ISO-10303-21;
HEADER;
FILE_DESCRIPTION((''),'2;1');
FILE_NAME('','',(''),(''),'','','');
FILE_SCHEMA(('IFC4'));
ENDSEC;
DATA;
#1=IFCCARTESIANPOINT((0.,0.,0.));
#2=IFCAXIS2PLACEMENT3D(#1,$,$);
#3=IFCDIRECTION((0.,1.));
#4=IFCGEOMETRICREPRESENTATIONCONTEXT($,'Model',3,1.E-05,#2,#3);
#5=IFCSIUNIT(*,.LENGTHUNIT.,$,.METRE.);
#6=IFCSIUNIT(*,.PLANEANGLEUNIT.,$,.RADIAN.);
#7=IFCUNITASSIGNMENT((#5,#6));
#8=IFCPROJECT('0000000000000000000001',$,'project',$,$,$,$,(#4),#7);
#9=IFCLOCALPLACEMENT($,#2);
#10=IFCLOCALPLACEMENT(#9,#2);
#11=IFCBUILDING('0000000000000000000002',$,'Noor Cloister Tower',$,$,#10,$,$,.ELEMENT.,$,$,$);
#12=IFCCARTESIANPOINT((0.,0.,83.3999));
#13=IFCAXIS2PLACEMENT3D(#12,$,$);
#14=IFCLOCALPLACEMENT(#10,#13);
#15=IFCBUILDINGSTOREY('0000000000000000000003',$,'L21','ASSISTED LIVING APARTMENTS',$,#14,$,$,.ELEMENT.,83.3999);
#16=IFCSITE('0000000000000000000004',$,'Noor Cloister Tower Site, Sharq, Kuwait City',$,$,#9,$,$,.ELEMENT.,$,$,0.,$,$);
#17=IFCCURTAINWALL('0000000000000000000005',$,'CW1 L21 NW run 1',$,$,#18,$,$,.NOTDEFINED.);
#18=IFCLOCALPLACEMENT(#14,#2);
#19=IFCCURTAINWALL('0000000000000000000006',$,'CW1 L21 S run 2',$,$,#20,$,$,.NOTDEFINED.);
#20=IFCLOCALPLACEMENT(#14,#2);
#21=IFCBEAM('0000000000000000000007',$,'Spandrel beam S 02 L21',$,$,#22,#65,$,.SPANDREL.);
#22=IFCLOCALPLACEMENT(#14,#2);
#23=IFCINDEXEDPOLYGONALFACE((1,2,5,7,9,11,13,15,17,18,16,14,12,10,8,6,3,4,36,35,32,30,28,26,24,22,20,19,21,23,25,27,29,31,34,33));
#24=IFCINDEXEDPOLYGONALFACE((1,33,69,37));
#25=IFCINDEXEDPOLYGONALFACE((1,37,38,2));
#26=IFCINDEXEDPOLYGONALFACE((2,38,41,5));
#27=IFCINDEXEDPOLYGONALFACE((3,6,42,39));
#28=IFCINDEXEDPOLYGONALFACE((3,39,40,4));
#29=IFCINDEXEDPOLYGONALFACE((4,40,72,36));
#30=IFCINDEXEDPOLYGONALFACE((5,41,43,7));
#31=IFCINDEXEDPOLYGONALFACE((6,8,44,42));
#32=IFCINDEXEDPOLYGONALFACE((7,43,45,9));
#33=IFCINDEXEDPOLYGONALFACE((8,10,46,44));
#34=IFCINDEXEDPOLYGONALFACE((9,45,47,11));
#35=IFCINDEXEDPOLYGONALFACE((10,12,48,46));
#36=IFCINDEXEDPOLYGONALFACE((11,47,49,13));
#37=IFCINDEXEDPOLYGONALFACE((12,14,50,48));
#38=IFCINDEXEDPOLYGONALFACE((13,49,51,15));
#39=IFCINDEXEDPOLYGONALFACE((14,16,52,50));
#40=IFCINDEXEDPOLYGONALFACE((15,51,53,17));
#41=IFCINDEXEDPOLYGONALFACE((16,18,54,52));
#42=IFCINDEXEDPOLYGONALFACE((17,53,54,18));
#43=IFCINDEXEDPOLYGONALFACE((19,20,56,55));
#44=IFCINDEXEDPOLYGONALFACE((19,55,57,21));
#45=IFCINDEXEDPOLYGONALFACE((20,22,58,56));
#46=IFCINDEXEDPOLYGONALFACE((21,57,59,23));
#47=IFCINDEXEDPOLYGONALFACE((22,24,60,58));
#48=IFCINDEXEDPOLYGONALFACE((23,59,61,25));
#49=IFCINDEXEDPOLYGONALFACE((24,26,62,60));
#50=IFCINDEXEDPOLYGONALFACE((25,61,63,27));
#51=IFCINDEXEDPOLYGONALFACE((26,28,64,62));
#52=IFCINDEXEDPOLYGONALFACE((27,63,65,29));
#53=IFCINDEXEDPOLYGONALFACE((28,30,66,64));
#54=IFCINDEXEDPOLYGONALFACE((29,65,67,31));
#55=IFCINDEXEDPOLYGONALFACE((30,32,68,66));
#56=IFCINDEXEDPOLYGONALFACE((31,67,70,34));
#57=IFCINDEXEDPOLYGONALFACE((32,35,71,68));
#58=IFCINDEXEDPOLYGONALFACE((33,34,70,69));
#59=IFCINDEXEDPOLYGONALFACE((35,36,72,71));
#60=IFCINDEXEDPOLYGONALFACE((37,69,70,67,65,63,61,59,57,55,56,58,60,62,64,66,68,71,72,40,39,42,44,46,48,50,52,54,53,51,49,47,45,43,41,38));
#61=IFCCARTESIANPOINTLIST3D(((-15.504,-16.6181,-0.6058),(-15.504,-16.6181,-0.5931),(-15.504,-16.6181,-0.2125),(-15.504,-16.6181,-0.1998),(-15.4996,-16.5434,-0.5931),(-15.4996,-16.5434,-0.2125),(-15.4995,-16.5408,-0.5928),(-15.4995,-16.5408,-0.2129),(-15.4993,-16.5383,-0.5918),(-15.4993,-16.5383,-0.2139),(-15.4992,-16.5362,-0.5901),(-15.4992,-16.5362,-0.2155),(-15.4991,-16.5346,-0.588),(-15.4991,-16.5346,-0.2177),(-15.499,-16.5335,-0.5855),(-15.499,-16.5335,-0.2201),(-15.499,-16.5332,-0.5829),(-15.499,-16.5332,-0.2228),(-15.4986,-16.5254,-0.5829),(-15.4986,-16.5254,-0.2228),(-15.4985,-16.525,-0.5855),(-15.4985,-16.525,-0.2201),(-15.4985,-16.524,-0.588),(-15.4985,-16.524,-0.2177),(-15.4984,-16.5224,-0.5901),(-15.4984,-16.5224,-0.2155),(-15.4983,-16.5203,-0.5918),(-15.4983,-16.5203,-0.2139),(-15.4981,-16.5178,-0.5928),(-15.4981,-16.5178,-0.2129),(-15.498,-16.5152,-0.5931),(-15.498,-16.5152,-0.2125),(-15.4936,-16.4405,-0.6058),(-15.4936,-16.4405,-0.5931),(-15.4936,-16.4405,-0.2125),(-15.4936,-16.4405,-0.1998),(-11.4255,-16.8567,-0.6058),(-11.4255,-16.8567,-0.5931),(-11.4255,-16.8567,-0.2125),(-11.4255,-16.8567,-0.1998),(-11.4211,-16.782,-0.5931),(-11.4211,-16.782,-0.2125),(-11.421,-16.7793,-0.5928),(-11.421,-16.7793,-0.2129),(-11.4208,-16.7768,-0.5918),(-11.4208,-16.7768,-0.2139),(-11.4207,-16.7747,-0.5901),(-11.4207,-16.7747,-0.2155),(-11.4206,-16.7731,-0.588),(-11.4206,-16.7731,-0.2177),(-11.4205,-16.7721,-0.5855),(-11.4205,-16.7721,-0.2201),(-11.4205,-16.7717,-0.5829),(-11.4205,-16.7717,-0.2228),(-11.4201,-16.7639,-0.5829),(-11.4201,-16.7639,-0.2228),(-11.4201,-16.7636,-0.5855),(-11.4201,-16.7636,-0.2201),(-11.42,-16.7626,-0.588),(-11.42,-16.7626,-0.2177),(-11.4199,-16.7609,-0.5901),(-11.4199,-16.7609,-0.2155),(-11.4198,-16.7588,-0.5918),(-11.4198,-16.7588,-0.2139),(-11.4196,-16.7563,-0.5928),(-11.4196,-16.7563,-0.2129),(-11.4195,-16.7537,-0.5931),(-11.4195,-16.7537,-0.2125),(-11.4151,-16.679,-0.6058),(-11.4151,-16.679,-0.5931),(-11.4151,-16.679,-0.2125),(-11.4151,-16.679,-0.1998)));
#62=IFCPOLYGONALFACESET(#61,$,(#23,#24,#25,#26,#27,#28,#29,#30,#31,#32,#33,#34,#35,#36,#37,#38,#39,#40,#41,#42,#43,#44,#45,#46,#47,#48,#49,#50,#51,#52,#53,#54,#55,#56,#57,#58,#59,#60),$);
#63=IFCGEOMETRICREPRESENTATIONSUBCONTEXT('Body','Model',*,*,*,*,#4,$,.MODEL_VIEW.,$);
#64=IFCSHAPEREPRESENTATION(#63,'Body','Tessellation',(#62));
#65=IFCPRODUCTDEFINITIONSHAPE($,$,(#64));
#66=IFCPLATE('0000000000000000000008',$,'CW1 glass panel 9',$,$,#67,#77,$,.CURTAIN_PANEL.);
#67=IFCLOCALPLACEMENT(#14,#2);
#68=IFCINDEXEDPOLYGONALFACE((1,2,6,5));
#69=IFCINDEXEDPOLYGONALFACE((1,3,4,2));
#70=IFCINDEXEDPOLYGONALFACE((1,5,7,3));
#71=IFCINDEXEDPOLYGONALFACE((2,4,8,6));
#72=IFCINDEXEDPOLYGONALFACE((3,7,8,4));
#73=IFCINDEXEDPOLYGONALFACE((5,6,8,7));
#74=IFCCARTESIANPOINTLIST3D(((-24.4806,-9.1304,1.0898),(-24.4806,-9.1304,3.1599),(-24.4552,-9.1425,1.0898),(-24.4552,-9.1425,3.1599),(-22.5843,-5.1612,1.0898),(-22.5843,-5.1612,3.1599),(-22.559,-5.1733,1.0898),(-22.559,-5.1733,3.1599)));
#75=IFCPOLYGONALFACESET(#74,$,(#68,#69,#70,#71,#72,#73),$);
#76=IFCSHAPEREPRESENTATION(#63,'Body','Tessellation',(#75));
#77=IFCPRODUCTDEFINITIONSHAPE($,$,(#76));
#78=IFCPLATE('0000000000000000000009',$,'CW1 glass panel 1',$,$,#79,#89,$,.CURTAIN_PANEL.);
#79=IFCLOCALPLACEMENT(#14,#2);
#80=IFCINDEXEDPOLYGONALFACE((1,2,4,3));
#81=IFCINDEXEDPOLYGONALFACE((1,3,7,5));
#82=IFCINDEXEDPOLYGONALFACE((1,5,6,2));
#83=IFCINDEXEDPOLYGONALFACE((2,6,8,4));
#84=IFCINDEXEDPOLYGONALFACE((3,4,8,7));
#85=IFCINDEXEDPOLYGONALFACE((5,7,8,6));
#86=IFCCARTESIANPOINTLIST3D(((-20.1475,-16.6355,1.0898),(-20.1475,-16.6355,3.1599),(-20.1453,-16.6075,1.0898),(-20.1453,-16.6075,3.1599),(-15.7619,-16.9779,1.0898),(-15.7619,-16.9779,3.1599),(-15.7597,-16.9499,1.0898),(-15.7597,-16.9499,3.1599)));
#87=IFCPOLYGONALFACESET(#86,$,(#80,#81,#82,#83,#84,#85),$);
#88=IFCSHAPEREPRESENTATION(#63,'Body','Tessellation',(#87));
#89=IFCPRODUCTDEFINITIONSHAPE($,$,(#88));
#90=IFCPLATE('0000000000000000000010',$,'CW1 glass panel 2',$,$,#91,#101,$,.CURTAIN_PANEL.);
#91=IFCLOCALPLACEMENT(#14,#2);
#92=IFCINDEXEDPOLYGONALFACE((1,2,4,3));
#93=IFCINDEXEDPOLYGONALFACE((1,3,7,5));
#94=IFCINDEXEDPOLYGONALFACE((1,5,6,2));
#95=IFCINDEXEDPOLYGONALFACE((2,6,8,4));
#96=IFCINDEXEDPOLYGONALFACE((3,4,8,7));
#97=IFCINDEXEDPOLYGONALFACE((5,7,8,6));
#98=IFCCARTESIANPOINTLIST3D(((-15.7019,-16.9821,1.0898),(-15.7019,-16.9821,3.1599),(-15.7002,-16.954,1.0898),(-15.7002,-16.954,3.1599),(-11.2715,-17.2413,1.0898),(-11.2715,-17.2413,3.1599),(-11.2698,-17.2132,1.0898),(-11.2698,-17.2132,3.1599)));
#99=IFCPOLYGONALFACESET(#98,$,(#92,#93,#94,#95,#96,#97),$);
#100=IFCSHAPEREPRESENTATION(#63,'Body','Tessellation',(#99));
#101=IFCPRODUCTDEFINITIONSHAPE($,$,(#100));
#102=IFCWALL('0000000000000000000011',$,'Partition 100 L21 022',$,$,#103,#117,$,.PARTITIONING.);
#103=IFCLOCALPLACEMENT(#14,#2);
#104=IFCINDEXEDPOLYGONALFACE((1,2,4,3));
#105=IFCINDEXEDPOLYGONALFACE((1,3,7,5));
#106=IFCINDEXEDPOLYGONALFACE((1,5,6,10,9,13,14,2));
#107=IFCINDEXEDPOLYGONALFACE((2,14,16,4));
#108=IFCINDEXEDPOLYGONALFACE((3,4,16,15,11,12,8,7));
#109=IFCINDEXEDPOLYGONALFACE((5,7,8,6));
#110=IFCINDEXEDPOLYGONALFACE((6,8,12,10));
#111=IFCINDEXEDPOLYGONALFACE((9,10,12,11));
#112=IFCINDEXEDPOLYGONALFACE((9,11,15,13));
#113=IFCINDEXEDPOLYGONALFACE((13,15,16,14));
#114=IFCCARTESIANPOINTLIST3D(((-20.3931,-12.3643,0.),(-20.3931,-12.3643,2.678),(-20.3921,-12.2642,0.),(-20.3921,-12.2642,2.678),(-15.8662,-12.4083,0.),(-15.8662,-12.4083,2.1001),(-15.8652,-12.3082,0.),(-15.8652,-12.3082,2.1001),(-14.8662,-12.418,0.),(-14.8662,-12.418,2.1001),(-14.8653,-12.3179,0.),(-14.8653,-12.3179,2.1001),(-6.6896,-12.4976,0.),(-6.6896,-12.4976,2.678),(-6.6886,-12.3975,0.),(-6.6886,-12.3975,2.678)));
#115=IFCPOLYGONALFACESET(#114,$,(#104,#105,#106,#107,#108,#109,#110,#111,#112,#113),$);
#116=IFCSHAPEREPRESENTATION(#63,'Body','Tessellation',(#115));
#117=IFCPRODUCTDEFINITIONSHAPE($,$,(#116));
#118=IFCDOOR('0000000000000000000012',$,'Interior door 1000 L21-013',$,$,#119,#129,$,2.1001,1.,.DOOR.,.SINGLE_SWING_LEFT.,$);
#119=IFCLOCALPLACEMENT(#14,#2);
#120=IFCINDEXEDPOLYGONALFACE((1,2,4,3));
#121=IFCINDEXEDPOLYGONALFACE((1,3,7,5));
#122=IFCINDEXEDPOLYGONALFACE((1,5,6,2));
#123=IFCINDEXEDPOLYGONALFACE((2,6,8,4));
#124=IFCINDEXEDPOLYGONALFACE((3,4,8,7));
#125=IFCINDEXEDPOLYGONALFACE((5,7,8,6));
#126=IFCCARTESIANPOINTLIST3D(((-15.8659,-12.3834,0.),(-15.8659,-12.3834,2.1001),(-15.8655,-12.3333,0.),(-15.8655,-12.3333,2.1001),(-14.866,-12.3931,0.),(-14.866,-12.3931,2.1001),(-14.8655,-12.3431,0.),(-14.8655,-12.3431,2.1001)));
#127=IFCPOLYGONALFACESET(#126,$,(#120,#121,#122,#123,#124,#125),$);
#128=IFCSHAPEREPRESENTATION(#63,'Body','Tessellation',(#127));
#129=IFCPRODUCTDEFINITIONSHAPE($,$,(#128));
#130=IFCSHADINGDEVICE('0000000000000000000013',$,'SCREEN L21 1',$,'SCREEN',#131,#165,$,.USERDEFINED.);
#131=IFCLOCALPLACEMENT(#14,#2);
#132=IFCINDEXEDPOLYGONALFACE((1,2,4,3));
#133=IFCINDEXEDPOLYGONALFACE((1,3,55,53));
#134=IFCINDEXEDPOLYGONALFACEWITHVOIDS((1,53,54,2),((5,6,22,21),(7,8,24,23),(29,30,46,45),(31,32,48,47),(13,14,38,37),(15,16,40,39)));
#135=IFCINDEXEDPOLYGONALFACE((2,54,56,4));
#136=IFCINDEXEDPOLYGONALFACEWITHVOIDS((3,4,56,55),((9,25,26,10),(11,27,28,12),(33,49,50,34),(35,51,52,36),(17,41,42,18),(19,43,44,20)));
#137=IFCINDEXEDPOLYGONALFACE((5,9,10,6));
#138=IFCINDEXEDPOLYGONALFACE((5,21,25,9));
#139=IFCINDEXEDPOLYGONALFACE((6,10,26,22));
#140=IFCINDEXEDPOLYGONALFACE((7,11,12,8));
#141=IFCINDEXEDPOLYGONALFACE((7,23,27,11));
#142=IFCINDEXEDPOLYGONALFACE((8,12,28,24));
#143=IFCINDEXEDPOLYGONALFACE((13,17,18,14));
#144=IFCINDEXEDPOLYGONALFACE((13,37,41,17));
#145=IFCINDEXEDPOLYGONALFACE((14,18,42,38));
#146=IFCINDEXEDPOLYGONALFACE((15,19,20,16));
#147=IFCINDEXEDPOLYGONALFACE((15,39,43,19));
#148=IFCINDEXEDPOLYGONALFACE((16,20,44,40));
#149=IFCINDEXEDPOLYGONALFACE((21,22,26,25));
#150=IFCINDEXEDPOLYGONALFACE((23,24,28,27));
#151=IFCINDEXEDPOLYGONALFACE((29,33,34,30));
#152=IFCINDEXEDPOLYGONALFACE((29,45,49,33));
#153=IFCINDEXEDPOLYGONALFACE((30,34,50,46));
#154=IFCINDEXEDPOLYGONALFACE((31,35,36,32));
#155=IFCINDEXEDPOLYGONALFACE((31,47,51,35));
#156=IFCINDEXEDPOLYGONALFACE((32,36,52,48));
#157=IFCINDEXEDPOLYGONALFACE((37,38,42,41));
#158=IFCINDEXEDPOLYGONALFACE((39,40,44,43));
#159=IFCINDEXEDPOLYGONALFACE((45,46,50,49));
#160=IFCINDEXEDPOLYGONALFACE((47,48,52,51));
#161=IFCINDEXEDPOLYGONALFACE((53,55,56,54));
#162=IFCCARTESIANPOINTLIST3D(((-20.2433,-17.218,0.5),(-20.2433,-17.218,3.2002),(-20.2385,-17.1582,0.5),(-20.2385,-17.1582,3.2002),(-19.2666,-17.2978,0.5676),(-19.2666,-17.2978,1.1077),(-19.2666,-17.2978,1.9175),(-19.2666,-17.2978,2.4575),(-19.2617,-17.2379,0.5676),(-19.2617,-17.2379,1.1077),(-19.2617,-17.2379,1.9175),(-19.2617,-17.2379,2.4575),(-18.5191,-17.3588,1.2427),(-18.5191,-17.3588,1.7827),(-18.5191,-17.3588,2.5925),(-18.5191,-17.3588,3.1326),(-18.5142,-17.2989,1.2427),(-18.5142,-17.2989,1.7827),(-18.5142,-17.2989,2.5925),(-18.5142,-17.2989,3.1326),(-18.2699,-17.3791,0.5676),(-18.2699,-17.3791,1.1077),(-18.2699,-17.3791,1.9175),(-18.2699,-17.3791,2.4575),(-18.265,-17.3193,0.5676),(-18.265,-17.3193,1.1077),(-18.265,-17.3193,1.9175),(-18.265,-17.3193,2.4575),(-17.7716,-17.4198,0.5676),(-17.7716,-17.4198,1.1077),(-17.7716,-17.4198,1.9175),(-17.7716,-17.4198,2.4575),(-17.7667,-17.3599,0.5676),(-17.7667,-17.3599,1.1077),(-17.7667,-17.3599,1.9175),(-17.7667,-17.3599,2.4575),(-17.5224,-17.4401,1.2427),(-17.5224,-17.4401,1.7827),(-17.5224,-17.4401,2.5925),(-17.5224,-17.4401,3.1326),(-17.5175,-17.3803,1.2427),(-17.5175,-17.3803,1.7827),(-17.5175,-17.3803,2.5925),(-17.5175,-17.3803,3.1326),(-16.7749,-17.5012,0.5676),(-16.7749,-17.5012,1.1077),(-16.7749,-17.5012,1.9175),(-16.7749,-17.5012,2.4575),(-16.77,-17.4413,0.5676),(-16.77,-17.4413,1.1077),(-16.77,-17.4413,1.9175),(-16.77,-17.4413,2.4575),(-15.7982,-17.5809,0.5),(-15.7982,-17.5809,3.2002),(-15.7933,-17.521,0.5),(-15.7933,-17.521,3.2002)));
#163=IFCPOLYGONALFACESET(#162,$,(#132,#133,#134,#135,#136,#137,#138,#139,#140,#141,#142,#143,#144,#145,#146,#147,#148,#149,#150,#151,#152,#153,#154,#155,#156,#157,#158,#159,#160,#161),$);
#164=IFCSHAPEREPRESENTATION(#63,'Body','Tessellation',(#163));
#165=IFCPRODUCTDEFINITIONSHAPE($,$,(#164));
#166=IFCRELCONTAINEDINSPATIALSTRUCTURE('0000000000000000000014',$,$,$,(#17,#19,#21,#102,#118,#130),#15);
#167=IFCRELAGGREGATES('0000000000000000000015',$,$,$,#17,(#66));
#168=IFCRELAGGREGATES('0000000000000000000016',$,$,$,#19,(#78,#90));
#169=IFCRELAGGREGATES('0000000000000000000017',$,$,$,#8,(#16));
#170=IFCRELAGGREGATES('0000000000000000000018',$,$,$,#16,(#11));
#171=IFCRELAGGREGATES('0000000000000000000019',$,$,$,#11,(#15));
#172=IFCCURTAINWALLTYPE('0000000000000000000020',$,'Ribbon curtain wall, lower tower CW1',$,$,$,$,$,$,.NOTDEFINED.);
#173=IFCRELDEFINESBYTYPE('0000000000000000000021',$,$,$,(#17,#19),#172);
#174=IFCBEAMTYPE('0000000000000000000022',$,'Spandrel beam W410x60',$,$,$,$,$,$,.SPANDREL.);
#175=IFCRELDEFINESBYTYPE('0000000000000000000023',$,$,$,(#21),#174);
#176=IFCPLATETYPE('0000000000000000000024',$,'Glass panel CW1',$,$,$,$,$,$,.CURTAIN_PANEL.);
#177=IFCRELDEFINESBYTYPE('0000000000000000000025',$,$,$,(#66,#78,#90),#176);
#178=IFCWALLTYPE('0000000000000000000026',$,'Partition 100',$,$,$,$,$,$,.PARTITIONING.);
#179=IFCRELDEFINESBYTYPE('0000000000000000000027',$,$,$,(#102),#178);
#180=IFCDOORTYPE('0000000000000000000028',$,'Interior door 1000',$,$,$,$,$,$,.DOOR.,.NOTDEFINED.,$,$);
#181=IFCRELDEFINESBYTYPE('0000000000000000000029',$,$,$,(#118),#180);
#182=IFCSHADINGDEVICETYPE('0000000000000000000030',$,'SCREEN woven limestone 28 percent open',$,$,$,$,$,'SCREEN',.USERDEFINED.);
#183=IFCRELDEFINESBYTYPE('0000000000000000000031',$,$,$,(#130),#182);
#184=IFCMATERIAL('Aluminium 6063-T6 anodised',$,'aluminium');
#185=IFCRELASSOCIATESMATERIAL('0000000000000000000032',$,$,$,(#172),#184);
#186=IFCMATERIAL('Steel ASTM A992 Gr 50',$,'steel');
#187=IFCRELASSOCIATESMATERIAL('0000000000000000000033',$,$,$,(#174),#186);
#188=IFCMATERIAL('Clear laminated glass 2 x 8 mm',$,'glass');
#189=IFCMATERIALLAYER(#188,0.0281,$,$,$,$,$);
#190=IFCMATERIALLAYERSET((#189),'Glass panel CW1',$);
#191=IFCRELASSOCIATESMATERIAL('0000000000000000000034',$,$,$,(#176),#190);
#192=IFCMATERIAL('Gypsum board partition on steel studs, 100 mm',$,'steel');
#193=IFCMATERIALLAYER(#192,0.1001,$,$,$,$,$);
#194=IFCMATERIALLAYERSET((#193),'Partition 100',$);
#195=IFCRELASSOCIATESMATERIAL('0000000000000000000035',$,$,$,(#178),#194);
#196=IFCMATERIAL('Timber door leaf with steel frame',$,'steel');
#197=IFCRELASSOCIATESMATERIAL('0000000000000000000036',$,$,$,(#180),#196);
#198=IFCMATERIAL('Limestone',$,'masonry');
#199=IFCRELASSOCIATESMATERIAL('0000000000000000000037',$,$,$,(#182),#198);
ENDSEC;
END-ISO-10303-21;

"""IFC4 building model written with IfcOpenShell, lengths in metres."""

from ifc_helpers import new_model, si_unit, direction, frame, frame_2d, origin, origin_2d, place, context, subcontext, project, spatial, polyline, rectangle, i_section, outline, extrude, material, layer, layer_set, material_profile, profile_set, type_object, element, fill, aggregate, save


model = new_model("IFC4")

# Units and contexts
model_context = context("Model", 3, precision=1e-05, world=origin(), true_north=direction((0.0, 1.0)))
body_context = subcontext(model_context, "Body", "Model", "MODEL_VIEW")
ifc_project = project(units=[si_unit("LENGTHUNIT", "METRE"), si_unit("PLANEANGLEUNIT", "RADIAN")], contexts=[model_context])

# Site, building, storey
site_placement = place(None, origin())
site = spatial("IfcSite", under=ifc_project, at=site_placement, Name="Noor Cloister Tower Site, Sharq, Kuwait City", CompositionType="ELEMENT", RefElevation=0.0)
building_placement = place(site_placement, origin())
building = spatial("IfcBuilding", under=site, at=building_placement, Name="Noor Cloister Tower", CompositionType="ELEMENT")
storey_placement = place(building_placement, frame((0.0, 0.0, 83.3999)))
storey = spatial("IfcBuildingStorey", under=building, at=storey_placement, Name="L21", Description="ASSISTED LIVING APARTMENTS", CompositionType="ELEMENT", Elevation=83.3999)

# Curtain wall
ifc_material_1 = material(Name="Aluminium 6063-T6 anodised", Category="aluminium")
curtain_wall_type = type_object("IfcCurtainWallType", Name="Ribbon curtain wall, lower tower CW1", PredefinedType="NOTDEFINED", material=ifc_material_1)
curtain_wall_1_placement = place(storey_placement, origin())
curtain_wall_1 = element("IfcCurtainWall", 1, at=curtain_wall_1_placement, inside=storey, type_object=curtain_wall_type, Name="CW1 L21 NW run 1", PredefinedType="NOTDEFINED")

# Curtain wall
curtain_wall_2_placement = place(storey_placement, origin())
curtain_wall_2 = element("IfcCurtainWall", 2, at=curtain_wall_2_placement, inside=storey, type_object=curtain_wall_type, Name="CW1 L21 S run 2", PredefinedType="NOTDEFINED")

# Beam
ifc_material_2 = material(Name="Steel ASTM A992 Gr 50", Category="steel")
ifc_material_profile_1 = material_profile(ifc_material_2, i_section(OverallWidth=0.178, OverallDepth=0.406, WebThickness=0.0078, FlangeThickness=0.0127, FilletRadius=0.0103, at=origin_2d()), Name="W410x60")
ifc_profile_set_1 = profile_set([ifc_material_profile_1], Name="Steel ASTM A992 Gr 50")
beam_type_1 = type_object("IfcBeamType", Name="Spandrel beam W410x60", PredefinedType="SPANDREL", material=ifc_profile_set_1)
for number, where, z_axis, x_axis, name in (
    (3, (-15.4988, -16.5293, -0.4028), (0.998294, -0.058386, 0.0), (0.058386, 0.998294, 0.0), "Spandrel beam S 02 L21"),
):
    element("IfcBeam", number, at=place(storey_placement, frame(where, z_axis=z_axis, x_axis=x_axis)), inside=storey, type_object=beam_type_1, Name=name, PredefinedType="SPANDREL", context=body_context, shape_type="SweptSolid", body=[
        extrude(i_section(OverallWidth=0.178, OverallDepth=0.406, WebThickness=0.0078, FlangeThickness=0.0127, FilletRadius=0.0103, at=origin_2d()), origin(), (0.0, 0.0, 1.0), 4.0854),
    ])

# Plates
ifc_material_3 = material(Name="Clear laminated glass 2 x 8 mm", Category="glass")
ifc_layer_1 = layer(ifc_material_3, 0.0281)
ifc_layer_set_1 = layer_set([ifc_layer_1], Name="Glass panel CW1")
plate_type = type_object("IfcPlateType", Name="Glass panel CW1", PredefinedType="CURTAIN_PANEL", material=ifc_layer_set_1)
plate_1_placement = place(storey_placement, frame((-23.5198, -7.1519, 1.0898), z_axis=(0.0, 0.0, 1.0), x_axis=(-0.43107, -0.902318, 0.0)))
plate_1 = element("IfcPlate", 4, at=plate_1_placement, type_object=plate_type, Name="CW1 glass panel 9", PredefinedType="CURTAIN_PANEL", context=body_context, shape_type="SweptSolid", body=[
    extrude(rectangle(XDim=4.3989, YDim=0.0281, at=origin_2d()), origin(), (0.0, 0.0, 1.0), 2.0701),
])
aggregate(curtain_wall_1, [plate_1])
plate_2_placement = place(storey_placement, frame((-17.9536, -16.7927, 1.0898), z_axis=(0.0, 0.0, 1.0), x_axis=(0.996966, -0.077841, 0.0)))
plate_2 = element("IfcPlate", 5, at=plate_2_placement, type_object=plate_type, Name="CW1 glass panel 1", PredefinedType="CURTAIN_PANEL", context=body_context, shape_type="SweptSolid", body=[
    extrude(rectangle(XDim=4.3989, YDim=0.0281, at=origin_2d()), origin(), (0.0, 0.0, 1.0), 2.0701),
])
plate_3_placement = place(storey_placement, frame((-13.4858, -17.0977, 1.0898), z_axis=(0.0, 0.0, 1.0), x_axis=(0.998293, -0.058407, 0.0)))
plate_3 = element("IfcPlate", 6, at=plate_3_placement, type_object=plate_type, Name="CW1 glass panel 2", PredefinedType="CURTAIN_PANEL", context=body_context, shape_type="SweptSolid", body=[
    extrude(rectangle(XDim=4.438, YDim=0.0281, at=origin_2d()), origin(), (0.0, 0.0, 1.0), 2.0701),
])
aggregate(curtain_wall_2, [plate_2, plate_3])

# Wall, opening, door
ifc_material_4 = material(Name="Gypsum board partition on steel studs, 100 mm", Category="steel")
ifc_layer_2 = layer(ifc_material_4, 0.1001)
ifc_layer_set_2 = layer_set([ifc_layer_2], Name="Partition 100")
wall_type = type_object("IfcWallType", Name="Partition 100", PredefinedType="PARTITIONING", material=ifc_layer_set_2)
wall_placement = place(storey_placement, frame((-20.3926, -12.3142, 0.0), z_axis=(0.0, 0.0, 1.0), x_axis=(0.999953, -0.009727, 0.0)))
wall = element("IfcWall", 7, at=wall_placement, inside=storey, type_object=wall_type, Name="Partition 100 L21 022", PredefinedType="PARTITIONING", context=body_context, shape_type="SweptSolid", body=[
    extrude(rectangle(XDim=13.7041, YDim=0.1001, at=frame_2d((6.8521, 0.0))), origin(), (0.0, 0.0, 1.0), 2.678),
])
opening_placement = place(wall_placement, frame((4.5271, 0.0, 0.0)))
opening = element("IfcOpeningElement", 8, at=opening_placement, cuts=wall, PredefinedType="OPENING", context=body_context, shape_type="SweptSolid", body=[
    extrude(rectangle(XDim=1.0, YDim=2.1001, at=frame_2d((0.5, 1.05))), frame((0.0, 0.0601, 0.0), z_axis=(0.0, -1.0, 0.0), x_axis=(1.0, 0.0, 0.0)), (0.0, 0.0, 1.0), 0.1201),
])
ifc_material_5 = material(Name="Timber door leaf with steel frame", Category="steel")
door_type = type_object("IfcDoorType", Name="Interior door 1000", OperationType="NOTDEFINED", PredefinedType="DOOR", material=ifc_material_5)
door_placement = place(opening_placement, origin())
door = element("IfcDoor", 9, at=door_placement, inside=storey, type_object=door_type, Name="Interior door 1000 L21-013", OperationType="SINGLE_SWING_LEFT", OverallHeight=2.1001, OverallWidth=1.0, PredefinedType="DOOR", context=body_context, shape_type="SweptSolid", body=[
    extrude(rectangle(XDim=1.0, YDim=2.1001, at=frame_2d((0.5, 1.05))), frame((0.0, 0.0249, 0.0), z_axis=(0.0, -1.0, 0.0), x_axis=(1.0, 0.0, 0.0)), (0.0, 0.0, 1.0), 0.05),
])
fill(opening, door)

# Shading device
ifc_material_6 = material(Name="Limestone", Category="masonry")
ifc_material_profile_2 = material_profile(ifc_material_6, outline(polyline([(-2.23, -1.3501), (2.23, -1.3501), (2.23, 1.3501), (-2.23, 1.3501), (-2.23, -1.3501)]), holes=[polyline([(-1.25, -1.2825), (-0.25, -1.2825), (-0.25, -0.7424), (-1.25, -0.7424), (-1.25, -1.2825)]), polyline([(0.25, -1.2825), (1.25, -1.2825), (1.25, -0.7424), (0.25, -0.7424), (0.25, -1.2825)]), polyline([(-0.5, -0.6074), (0.5, -0.6074), (0.5, -0.0674), (-0.5, -0.0674), (-0.5, -0.6074)]), polyline([(-1.25, 0.0674), (-0.25, 0.0674), (-0.25, 0.6074), (-1.25, 0.6074), (-1.25, 0.0674)]), polyline([(0.25, 0.0674), (1.25, 0.0674), (1.25, 0.6074), (0.25, 0.6074), (0.25, 0.0674)]), polyline([(-0.5, 0.7424), (0.5, 0.7424), (0.5, 1.2825), (-0.5, 1.2825), (-0.5, 0.7424)])]), Name="Woven screen 28 percent open")
ifc_profile_set_2 = profile_set([ifc_material_profile_2], Name="Limestone")
shading_device_type = type_object("IfcShadingDeviceType", Name="SCREEN woven limestone 28 percent open", ElementType="SCREEN", PredefinedType="USERDEFINED", material=ifc_profile_set_2)
for number, where, z_axis, x_axis, name in (
    (10, (-18.0159, -17.3396, 1.8501), (-0.081362, -0.996685, 0.0), (0.996685, -0.081362, 0.0), "SCREEN L21 1"),
):
    element("IfcShadingDevice", number, at=place(storey_placement, frame(where, z_axis=z_axis, x_axis=x_axis)), inside=storey, type_object=shading_device_type, Name=name, ObjectType="SCREEN", PredefinedType="USERDEFINED", context=body_context, shape_type="SweptSolid", body=[
        extrude(outline(polyline([(-2.23, -1.3501), (2.23, -1.3501), (2.23, 1.3501), (-2.23, 1.3501), (-2.23, -1.3501)]), holes=[polyline([(-1.25, -1.2825), (-0.25, -1.2825), (-0.25, -0.7424), (-1.25, -0.7424), (-1.25, -1.2825)]), polyline([(0.25, -1.2825), (1.25, -1.2825), (1.25, -0.7424), (0.25, -0.7424), (0.25, -1.2825)]), polyline([(-0.5, -0.6074), (0.5, -0.6074), (0.5, -0.0674), (-0.5, -0.0674), (-0.5, -0.6074)]), polyline([(-1.25, 0.0674), (-0.25, 0.0674), (-0.25, 0.6074), (-1.25, 0.6074), (-1.25, 0.0674)]), polyline([(0.25, 0.0674), (1.25, 0.0674), (1.25, 0.6074), (0.25, 0.6074), (0.25, 0.0674)]), polyline([(-0.5, 0.7424), (0.5, 0.7424), (0.5, 1.2825), (-0.5, 1.2825), (-0.5, 0.7424)])]), origin(), (0.0, 0.0, 1.0), 0.0601),
    ])

save(model, "model.ifc")
